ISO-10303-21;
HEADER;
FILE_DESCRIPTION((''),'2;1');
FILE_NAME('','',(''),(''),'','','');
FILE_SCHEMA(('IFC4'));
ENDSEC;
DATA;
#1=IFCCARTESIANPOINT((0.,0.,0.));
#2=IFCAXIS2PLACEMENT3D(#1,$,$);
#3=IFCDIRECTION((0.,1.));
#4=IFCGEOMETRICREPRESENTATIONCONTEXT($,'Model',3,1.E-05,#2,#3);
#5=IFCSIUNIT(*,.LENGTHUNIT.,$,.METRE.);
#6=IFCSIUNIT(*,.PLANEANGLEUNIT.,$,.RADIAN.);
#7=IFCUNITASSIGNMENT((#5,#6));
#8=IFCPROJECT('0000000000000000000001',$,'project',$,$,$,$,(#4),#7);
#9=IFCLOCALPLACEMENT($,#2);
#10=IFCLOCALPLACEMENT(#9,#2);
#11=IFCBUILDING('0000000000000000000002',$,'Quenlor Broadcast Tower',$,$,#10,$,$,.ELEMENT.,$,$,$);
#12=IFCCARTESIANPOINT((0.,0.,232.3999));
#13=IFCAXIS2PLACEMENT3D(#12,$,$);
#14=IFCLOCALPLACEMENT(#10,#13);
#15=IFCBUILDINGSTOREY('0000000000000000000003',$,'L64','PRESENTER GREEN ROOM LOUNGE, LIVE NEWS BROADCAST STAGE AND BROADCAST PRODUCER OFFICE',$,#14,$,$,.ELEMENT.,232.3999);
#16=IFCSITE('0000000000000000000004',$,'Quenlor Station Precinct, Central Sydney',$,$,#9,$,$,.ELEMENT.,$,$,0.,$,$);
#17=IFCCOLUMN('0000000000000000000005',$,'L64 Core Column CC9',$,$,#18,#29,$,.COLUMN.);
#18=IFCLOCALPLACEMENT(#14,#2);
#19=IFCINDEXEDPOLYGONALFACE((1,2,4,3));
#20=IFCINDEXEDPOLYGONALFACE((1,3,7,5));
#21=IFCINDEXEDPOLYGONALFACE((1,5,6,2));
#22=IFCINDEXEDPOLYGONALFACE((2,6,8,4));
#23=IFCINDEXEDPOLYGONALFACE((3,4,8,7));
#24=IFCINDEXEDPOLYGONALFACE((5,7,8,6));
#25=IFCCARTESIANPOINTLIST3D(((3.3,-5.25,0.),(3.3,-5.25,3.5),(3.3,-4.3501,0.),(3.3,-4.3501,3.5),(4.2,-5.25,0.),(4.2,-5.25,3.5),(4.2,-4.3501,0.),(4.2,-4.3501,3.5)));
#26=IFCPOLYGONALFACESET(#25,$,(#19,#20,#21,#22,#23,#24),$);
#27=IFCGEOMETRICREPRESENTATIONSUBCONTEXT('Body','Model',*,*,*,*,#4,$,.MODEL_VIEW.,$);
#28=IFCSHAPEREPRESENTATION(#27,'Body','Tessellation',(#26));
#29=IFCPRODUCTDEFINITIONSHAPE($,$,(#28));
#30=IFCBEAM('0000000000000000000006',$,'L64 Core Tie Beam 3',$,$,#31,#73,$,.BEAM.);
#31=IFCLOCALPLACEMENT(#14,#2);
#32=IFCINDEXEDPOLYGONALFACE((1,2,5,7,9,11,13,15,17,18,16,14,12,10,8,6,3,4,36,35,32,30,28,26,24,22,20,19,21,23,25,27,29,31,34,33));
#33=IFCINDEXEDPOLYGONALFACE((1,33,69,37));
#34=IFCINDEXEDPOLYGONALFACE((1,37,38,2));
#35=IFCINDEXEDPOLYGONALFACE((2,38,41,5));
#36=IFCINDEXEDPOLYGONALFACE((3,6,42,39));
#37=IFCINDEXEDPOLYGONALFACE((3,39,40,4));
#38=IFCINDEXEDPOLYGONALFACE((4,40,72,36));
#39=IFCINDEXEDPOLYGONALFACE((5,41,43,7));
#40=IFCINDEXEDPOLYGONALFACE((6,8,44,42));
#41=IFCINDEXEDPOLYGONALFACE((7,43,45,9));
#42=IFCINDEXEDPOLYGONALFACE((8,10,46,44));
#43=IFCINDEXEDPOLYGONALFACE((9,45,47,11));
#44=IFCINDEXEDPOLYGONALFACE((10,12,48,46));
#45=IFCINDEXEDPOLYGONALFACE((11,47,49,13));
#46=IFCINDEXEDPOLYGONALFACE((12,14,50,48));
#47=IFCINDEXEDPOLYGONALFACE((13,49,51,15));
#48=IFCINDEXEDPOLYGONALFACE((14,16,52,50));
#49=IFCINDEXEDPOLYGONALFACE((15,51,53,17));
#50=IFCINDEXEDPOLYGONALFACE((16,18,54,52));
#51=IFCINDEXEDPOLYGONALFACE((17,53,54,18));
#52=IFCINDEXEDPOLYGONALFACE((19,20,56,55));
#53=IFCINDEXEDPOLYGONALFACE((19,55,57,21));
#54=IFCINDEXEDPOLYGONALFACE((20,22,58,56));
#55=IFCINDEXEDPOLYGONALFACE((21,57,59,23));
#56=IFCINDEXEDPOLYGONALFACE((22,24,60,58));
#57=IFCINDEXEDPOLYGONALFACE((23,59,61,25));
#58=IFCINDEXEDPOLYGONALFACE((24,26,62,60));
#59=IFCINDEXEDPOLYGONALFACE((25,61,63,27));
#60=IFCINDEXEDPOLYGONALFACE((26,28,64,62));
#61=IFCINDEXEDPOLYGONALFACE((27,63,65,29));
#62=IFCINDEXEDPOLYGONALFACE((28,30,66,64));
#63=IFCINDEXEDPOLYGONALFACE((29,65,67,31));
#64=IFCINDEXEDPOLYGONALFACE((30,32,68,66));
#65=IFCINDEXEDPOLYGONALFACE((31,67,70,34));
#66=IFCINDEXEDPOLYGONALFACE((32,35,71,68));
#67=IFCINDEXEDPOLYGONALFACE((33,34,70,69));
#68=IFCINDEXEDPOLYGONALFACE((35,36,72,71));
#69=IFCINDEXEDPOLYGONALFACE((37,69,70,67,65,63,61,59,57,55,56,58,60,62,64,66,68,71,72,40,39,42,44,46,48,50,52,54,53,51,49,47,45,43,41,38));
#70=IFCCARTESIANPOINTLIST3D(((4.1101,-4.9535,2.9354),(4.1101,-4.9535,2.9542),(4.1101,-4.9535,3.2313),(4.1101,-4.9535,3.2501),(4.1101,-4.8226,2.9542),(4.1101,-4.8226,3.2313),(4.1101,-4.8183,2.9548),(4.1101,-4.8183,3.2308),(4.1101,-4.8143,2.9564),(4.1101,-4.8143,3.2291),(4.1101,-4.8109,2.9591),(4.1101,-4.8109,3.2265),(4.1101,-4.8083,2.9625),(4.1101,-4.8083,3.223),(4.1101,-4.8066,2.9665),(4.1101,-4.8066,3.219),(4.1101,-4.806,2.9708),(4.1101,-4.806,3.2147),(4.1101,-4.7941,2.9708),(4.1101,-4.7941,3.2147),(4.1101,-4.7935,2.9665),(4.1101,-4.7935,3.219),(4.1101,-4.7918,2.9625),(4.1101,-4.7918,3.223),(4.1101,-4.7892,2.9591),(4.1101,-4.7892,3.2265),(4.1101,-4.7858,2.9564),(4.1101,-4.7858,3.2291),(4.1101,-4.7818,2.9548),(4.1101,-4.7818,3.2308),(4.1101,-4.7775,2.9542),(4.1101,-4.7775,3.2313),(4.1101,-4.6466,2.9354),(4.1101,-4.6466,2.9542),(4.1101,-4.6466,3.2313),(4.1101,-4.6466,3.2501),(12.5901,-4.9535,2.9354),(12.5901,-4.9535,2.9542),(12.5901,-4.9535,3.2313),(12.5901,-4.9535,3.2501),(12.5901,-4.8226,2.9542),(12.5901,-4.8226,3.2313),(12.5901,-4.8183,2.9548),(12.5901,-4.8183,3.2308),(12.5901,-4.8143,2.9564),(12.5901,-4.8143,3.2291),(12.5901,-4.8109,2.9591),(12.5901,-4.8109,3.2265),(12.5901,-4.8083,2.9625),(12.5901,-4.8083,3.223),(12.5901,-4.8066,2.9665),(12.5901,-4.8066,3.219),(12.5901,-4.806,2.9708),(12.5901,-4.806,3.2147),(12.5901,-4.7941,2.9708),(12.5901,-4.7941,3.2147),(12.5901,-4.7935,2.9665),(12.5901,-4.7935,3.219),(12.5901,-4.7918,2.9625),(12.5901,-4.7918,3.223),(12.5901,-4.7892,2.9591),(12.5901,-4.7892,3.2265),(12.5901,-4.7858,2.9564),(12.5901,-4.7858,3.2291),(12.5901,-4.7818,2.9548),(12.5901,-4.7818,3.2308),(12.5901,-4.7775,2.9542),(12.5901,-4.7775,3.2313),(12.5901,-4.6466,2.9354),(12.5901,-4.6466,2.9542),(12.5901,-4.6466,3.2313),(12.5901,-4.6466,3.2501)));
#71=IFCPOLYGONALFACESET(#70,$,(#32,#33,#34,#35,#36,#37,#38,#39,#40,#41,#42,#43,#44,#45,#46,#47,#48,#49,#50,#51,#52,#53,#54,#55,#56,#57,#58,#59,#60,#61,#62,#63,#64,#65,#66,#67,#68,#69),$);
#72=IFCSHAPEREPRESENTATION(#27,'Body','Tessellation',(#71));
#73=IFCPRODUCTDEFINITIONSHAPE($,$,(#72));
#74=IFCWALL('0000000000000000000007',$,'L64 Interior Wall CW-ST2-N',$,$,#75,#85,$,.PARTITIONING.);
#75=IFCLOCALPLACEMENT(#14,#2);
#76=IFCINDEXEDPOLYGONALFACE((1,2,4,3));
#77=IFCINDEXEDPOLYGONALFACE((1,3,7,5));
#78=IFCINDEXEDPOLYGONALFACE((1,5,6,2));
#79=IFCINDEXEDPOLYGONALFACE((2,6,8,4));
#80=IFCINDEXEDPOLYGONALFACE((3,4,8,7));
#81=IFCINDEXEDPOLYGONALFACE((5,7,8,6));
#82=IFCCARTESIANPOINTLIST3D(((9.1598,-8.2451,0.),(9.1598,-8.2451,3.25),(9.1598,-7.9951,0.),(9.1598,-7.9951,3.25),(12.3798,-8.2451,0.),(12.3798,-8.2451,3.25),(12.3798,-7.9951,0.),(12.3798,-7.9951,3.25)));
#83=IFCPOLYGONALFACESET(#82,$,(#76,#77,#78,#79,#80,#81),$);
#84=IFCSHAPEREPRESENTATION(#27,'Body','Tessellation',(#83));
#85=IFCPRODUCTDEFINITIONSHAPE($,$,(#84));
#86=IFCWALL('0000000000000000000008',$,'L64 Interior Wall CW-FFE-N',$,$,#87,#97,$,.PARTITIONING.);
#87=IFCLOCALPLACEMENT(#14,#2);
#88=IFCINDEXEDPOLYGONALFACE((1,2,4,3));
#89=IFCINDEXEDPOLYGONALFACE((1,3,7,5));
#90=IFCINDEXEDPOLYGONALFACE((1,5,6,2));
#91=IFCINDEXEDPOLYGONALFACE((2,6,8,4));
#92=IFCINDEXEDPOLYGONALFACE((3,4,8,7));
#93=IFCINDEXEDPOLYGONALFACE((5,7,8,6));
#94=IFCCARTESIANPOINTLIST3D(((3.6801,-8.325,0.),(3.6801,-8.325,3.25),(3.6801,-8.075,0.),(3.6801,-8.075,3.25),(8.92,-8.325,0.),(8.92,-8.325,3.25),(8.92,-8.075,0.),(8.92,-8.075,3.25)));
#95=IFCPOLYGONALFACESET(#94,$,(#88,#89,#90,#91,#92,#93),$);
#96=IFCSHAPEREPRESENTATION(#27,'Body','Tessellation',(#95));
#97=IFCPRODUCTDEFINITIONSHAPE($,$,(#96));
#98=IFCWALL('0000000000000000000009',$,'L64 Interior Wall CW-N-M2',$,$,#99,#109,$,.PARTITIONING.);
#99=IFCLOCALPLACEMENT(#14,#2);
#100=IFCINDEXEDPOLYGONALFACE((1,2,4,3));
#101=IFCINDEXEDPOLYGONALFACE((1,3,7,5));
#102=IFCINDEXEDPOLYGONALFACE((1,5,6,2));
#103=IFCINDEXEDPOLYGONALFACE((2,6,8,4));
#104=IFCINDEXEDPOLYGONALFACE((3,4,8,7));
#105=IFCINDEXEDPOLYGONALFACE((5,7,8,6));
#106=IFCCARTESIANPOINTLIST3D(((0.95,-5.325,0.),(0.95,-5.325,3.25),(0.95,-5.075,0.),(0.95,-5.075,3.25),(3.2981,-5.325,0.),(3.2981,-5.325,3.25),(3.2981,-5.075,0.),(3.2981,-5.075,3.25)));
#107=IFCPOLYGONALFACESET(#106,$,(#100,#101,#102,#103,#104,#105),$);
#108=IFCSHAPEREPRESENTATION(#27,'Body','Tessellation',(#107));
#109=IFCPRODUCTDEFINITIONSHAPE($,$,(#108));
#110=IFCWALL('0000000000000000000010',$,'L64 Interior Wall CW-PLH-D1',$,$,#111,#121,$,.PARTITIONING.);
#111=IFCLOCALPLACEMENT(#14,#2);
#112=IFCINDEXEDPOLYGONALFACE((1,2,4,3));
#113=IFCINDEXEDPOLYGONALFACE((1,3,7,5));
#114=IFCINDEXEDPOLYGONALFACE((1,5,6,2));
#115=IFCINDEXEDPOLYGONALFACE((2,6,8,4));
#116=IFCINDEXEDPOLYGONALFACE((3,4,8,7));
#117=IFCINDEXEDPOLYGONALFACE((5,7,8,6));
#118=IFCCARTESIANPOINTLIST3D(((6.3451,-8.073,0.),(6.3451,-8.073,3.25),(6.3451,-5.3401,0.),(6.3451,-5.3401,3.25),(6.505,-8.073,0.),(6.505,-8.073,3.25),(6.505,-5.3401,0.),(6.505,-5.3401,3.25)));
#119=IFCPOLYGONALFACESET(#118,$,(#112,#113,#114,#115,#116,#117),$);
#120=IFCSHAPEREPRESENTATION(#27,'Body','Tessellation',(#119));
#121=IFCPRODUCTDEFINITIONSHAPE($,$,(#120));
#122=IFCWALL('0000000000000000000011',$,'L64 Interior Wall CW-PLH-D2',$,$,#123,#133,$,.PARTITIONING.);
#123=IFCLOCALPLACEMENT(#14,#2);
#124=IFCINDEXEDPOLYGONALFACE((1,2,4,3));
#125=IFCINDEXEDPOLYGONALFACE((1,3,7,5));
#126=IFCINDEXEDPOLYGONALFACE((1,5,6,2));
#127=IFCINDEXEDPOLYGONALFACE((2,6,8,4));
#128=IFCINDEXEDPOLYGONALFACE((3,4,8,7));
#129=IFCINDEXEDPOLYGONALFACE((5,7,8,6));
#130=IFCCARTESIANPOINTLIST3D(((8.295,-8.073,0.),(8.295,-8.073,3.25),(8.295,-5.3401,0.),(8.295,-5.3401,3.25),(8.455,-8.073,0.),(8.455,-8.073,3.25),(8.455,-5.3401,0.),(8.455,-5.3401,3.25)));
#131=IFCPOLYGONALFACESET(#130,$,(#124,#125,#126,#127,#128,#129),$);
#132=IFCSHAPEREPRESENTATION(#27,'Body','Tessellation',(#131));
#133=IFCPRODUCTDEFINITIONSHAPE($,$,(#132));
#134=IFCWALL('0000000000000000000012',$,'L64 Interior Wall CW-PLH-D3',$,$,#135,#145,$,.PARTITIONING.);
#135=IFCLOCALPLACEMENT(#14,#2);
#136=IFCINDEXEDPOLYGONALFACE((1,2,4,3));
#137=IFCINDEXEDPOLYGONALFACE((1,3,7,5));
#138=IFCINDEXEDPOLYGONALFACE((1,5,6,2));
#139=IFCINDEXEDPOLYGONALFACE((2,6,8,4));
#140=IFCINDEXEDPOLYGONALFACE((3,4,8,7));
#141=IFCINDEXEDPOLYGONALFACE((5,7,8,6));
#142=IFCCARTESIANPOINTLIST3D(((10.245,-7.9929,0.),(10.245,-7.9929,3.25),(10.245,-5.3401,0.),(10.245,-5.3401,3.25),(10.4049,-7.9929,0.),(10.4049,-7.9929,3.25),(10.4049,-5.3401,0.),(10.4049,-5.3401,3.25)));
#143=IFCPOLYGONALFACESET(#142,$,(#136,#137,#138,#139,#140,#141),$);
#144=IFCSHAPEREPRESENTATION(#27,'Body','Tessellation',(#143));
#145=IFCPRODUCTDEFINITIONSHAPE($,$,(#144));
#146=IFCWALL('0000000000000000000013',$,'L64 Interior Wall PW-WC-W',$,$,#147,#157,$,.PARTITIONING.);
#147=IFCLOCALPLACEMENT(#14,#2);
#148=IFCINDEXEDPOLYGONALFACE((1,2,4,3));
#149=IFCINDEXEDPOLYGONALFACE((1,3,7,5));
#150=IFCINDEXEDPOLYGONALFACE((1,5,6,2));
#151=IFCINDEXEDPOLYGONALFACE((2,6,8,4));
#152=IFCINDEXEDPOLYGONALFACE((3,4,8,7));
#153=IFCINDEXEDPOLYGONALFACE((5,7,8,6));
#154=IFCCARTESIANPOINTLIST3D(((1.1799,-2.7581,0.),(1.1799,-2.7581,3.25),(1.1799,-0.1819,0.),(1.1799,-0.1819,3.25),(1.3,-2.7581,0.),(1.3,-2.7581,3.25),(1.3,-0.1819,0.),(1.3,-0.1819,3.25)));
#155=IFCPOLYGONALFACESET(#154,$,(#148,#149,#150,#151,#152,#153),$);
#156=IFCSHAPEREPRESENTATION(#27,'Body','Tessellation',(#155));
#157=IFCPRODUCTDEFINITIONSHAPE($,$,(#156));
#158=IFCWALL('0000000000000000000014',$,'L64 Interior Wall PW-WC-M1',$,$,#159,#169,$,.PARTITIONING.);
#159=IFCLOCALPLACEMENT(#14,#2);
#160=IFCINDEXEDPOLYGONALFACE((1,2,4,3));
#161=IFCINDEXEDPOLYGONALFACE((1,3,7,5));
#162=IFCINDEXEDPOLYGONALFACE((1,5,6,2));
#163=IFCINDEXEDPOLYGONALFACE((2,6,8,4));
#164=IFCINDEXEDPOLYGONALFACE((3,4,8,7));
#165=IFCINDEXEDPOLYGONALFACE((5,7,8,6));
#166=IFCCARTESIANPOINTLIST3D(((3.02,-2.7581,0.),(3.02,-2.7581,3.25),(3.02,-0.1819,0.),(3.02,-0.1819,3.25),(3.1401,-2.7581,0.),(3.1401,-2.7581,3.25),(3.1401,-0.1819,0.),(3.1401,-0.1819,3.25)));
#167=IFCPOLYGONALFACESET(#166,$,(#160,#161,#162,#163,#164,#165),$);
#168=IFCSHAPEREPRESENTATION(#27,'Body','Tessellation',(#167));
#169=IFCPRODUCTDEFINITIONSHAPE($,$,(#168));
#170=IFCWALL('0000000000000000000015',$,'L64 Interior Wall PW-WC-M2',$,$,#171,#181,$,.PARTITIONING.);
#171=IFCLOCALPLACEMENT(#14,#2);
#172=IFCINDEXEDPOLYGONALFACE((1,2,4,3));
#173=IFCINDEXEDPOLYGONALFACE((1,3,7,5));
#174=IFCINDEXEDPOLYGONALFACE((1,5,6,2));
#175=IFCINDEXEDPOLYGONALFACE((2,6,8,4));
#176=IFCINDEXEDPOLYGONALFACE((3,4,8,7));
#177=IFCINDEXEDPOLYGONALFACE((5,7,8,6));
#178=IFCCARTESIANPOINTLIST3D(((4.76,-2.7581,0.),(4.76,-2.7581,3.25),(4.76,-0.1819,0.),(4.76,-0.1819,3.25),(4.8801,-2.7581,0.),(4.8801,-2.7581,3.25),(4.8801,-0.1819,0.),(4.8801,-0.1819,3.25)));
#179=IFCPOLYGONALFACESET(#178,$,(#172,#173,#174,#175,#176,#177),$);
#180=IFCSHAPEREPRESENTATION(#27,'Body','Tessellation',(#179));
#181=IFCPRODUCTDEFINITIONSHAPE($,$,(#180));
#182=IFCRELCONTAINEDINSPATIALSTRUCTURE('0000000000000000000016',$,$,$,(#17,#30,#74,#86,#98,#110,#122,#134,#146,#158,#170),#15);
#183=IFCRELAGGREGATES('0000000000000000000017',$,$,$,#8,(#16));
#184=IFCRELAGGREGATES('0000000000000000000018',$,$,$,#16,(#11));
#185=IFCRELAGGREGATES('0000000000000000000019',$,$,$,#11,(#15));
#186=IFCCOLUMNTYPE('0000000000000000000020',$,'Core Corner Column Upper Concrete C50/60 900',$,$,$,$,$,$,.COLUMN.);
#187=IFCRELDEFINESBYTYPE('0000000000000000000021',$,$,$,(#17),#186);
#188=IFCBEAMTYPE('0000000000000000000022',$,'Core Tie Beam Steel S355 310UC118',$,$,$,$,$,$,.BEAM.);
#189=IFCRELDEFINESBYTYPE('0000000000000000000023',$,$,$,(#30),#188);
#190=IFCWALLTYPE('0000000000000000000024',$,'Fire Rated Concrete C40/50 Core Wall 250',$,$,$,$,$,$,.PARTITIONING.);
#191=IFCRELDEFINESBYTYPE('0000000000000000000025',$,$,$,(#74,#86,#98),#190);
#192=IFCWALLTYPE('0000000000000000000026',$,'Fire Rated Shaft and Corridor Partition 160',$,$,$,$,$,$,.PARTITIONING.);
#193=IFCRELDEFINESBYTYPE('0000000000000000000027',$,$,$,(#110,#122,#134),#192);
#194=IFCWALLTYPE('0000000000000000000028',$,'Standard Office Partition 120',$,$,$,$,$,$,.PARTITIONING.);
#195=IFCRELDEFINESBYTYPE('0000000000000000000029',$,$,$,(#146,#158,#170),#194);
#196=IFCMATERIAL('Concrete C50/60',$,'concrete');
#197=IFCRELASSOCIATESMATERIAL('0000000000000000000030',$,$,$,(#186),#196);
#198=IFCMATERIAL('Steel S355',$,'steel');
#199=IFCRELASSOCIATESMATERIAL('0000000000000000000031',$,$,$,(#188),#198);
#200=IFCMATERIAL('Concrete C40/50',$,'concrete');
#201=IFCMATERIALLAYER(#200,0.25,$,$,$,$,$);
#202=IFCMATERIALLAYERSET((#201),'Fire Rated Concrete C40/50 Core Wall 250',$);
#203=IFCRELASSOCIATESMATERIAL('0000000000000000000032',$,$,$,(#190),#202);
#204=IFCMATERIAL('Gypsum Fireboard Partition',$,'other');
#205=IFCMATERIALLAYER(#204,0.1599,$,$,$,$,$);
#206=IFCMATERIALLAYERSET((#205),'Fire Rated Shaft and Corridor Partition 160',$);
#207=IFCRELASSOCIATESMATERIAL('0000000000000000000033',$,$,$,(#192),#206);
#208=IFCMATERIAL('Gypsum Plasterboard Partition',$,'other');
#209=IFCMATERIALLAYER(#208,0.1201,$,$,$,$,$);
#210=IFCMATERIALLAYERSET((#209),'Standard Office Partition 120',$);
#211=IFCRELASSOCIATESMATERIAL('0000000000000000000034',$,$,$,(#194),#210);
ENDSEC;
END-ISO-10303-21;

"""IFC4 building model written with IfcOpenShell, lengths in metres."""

from ifc_helpers import new_model, si_unit, direction, frame, frame_2d, origin, origin_2d, place, context, subcontext, project, spatial, rectangle, i_section, extrude, material, layer, layer_set, material_profile, profile_set, type_object, element, save


model = new_model("IFC4")

# Units and contexts
model_context = context("Model", 3, precision=1e-05, world=origin(), true_north=direction((0.0, 1.0)))
body_context = subcontext(model_context, "Body", "Model", "MODEL_VIEW")
ifc_project = project(units=[si_unit("LENGTHUNIT", "METRE"), si_unit("PLANEANGLEUNIT", "RADIAN")], contexts=[model_context])

# Site, building, storey
site_placement = place(None, origin())
site = spatial("IfcSite", under=ifc_project, at=site_placement, Name="Quenlor Station Precinct, Central Sydney", CompositionType="ELEMENT", RefElevation=0.0)
building_placement = place(site_placement, origin())
building = spatial("IfcBuilding", under=site, at=building_placement, Name="Quenlor Broadcast Tower", CompositionType="ELEMENT")
storey_placement = place(building_placement, frame((0.0, 0.0, 232.3999)))
storey = spatial("IfcBuildingStorey", under=building, at=storey_placement, Name="L64", Description="PRESENTER GREEN ROOM LOUNGE, LIVE NEWS BROADCAST STAGE AND BROADCAST PRODUCER OFFICE", CompositionType="ELEMENT", Elevation=232.3999)

# Column
ifc_material_1 = material(Name="Concrete C50/60", Category="concrete")
ifc_material_profile_1 = material_profile(ifc_material_1, rectangle(XDim=0.8999, YDim=0.8999, at=origin_2d()))
ifc_profile_set_1 = profile_set([ifc_material_profile_1], Name="Concrete C50/60 RC900x900")
column_type = type_object("IfcColumnType", Name="Core Corner Column Upper Concrete C50/60 900", PredefinedType="COLUMN", material=ifc_profile_set_1)
column_placement = place(storey_placement, frame((3.75, -4.8, 0.0), z_axis=(0.0, 0.0, 1.0), x_axis=(1.0, 0.0, 0.0)))
element("IfcColumn", 1, at=column_placement, inside=storey, type_object=column_type, Name="L64 Core Column CC9", PredefinedType="COLUMN", context=body_context, shape_type="SweptSolid", body=[
    extrude(rectangle(XDim=0.8999, YDim=0.8999, at=origin_2d()), origin(), (0.0, 0.0, 1.0), 3.5),
])

# Beam
ifc_material_2 = material(Name="Steel S355", Category="steel")
ifc_material_profile_2 = material_profile(ifc_material_2, i_section(OverallWidth=0.3069, OverallDepth=0.3147, WebThickness=0.012, FlangeThickness=0.0188, FilletRadius=0.0166, at=origin_2d()))
ifc_profile_set_2 = profile_set([ifc_material_profile_2], Name="Steel S355 310UC118")
beam_type = type_object("IfcBeamType", Name="Core Tie Beam Steel S355 310UC118", PredefinedType="BEAM", material=ifc_profile_set_2)
beam_placement = place(storey_placement, frame((4.1101, -4.8, 3.0928), z_axis=(1.0, 0.0, 0.0), x_axis=(0.0, 1.0, 0.0)))
element("IfcBeam", 2, at=beam_placement, inside=storey, type_object=beam_type, Name="L64 Core Tie Beam 3", PredefinedType="BEAM", context=body_context, shape_type="SweptSolid", body=[
    extrude(i_section(OverallWidth=0.3069, OverallDepth=0.3147, WebThickness=0.012, FlangeThickness=0.0188, FilletRadius=0.0166, at=origin_2d()), origin(), (0.0, 0.0, 1.0), 8.48),
])

# Walls
ifc_material_3 = material(Name="Concrete C40/50", Category="concrete")
ifc_layer_1 = layer(ifc_material_3, 0.25)
ifc_layer_set_1 = layer_set([ifc_layer_1], Name="Fire Rated Concrete C40/50 Core Wall 250")
wall_type_1 = type_object("IfcWallType", Name="Fire Rated Concrete C40/50 Core Wall 250", PredefinedType="PARTITIONING", material=ifc_layer_set_1)
wall_1_placement = place(storey_placement, frame((9.1599, -8.1201, 0.0), z_axis=(0.0, 0.0, 1.0), x_axis=(1.0, 0.0, 0.0)))
element("IfcWall", 3, at=wall_1_placement, inside=storey, type_object=wall_type_1, Name="L64 Interior Wall CW-ST2-N", PredefinedType="PARTITIONING", context=body_context, shape_type="SweptSolid", body=[
    extrude(rectangle(XDim=3.22, YDim=0.25, at=frame_2d((1.6099, 0.0))), origin(), (0.0, 0.0, 1.0), 3.25),
])
wall_2_placement = place(storey_placement, frame((3.6799, -8.2, 0.0), z_axis=(0.0, 0.0, 1.0), x_axis=(1.0, 0.0, 0.0)))
element("IfcWall", 4, at=wall_2_placement, inside=storey, type_object=wall_type_1, Name="L64 Interior Wall CW-FFE-N", PredefinedType="PARTITIONING", context=body_context, shape_type="SweptSolid", body=[
    extrude(rectangle(XDim=5.24, YDim=0.25, at=frame_2d((2.6201, 0.0))), origin(), (0.0, 0.0, 1.0), 3.25),
])

# Walls
wall_3_placement = place(storey_placement, frame((0.95, -5.2, 0.0), z_axis=(0.0, 0.0, 1.0), x_axis=(1.0, 0.0, 0.0)))
element("IfcWall", 5, at=wall_3_placement, inside=storey, type_object=wall_type_1, Name="L64 Interior Wall CW-N-M2", PredefinedType="PARTITIONING", context=body_context, shape_type="SweptSolid", body=[
    extrude(rectangle(XDim=2.3481, YDim=0.25, at=frame_2d((1.1741, 0.0))), origin(), (0.0, 0.0, 1.0), 3.25),
])
ifc_material_4 = material(Name="Gypsum Fireboard Partition", Category="other")
ifc_layer_2 = layer(ifc_material_4, 0.1599)
ifc_layer_set_2 = layer_set([ifc_layer_2], Name="Fire Rated Shaft and Corridor Partition 160")
wall_type_2 = type_object("IfcWallType", Name="Fire Rated Shaft and Corridor Partition 160", PredefinedType="PARTITIONING", material=ifc_layer_set_2)
for number, where, z_axis, x_axis, name in (
    (6, (6.425, -8.073, 0.0), (0.0, 0.0, 1.0), (0.0, 1.0, 0.0), "L64 Interior Wall CW-PLH-D1"),
    (7, (8.375, -8.073, 0.0), (0.0, 0.0, 1.0), (0.0, 1.0, 0.0), "L64 Interior Wall CW-PLH-D2"),
):
    element("IfcWall", number, at=place(storey_placement, frame(where, z_axis=z_axis, x_axis=x_axis)), inside=storey, type_object=wall_type_2, Name=name, PredefinedType="PARTITIONING", context=body_context, shape_type="SweptSolid", body=[
        extrude(rectangle(XDim=2.7329, YDim=0.1599, at=frame_2d((1.3665, 0.0))), origin(), (0.0, 0.0, 1.0), 3.25),
    ])
wall_4_placement = place(storey_placement, frame((10.325, -7.9929, 0.0), z_axis=(0.0, 0.0, 1.0), x_axis=(0.0, 1.0, 0.0)))
element("IfcWall", 8, at=wall_4_placement, inside=storey, type_object=wall_type_2, Name="L64 Interior Wall CW-PLH-D3", PredefinedType="PARTITIONING", context=body_context, shape_type="SweptSolid", body=[
    extrude(rectangle(XDim=2.6528, YDim=0.1599, at=frame_2d((1.3264, 0.0))), origin(), (0.0, 0.0, 1.0), 3.25),
])

# Shared definitions
ifc_material_5 = material(Name="Gypsum Plasterboard Partition", Category="other")
ifc_layer_3 = layer(ifc_material_5, 0.1201)
ifc_layer_set_3 = layer_set([ifc_layer_3], Name="Standard Office Partition 120")
wall_type_3 = type_object("IfcWallType", Name="Standard Office Partition 120", PredefinedType="PARTITIONING", material=ifc_layer_set_3)

# Walls
for number, where, z_axis, x_axis, name in (
    (9, (1.24, -2.7581, 0.0), (0.0, 0.0, 1.0), (0.0, 1.0, 0.0), "L64 Interior Wall PW-WC-W"),
    (10, (3.0801, -2.7581, 0.0), (0.0, 0.0, 1.0), (0.0, 1.0, 0.0), "L64 Interior Wall PW-WC-M1"),
    (11, (4.8201, -2.7581, 0.0), (0.0, 0.0, 1.0), (0.0, 1.0, 0.0), "L64 Interior Wall PW-WC-M2"),
):
    element("IfcWall", number, at=place(storey_placement, frame(where, z_axis=z_axis, x_axis=x_axis)), inside=storey, type_object=wall_type_3, Name=name, PredefinedType="PARTITIONING", context=body_context, shape_type="SweptSolid", body=[
        extrude(rectangle(XDim=2.5762, YDim=0.1201, at=frame_2d((1.2881, 0.0))), origin(), (0.0, 0.0, 1.0), 3.25),
    ])

save(model, "model.ifc")
